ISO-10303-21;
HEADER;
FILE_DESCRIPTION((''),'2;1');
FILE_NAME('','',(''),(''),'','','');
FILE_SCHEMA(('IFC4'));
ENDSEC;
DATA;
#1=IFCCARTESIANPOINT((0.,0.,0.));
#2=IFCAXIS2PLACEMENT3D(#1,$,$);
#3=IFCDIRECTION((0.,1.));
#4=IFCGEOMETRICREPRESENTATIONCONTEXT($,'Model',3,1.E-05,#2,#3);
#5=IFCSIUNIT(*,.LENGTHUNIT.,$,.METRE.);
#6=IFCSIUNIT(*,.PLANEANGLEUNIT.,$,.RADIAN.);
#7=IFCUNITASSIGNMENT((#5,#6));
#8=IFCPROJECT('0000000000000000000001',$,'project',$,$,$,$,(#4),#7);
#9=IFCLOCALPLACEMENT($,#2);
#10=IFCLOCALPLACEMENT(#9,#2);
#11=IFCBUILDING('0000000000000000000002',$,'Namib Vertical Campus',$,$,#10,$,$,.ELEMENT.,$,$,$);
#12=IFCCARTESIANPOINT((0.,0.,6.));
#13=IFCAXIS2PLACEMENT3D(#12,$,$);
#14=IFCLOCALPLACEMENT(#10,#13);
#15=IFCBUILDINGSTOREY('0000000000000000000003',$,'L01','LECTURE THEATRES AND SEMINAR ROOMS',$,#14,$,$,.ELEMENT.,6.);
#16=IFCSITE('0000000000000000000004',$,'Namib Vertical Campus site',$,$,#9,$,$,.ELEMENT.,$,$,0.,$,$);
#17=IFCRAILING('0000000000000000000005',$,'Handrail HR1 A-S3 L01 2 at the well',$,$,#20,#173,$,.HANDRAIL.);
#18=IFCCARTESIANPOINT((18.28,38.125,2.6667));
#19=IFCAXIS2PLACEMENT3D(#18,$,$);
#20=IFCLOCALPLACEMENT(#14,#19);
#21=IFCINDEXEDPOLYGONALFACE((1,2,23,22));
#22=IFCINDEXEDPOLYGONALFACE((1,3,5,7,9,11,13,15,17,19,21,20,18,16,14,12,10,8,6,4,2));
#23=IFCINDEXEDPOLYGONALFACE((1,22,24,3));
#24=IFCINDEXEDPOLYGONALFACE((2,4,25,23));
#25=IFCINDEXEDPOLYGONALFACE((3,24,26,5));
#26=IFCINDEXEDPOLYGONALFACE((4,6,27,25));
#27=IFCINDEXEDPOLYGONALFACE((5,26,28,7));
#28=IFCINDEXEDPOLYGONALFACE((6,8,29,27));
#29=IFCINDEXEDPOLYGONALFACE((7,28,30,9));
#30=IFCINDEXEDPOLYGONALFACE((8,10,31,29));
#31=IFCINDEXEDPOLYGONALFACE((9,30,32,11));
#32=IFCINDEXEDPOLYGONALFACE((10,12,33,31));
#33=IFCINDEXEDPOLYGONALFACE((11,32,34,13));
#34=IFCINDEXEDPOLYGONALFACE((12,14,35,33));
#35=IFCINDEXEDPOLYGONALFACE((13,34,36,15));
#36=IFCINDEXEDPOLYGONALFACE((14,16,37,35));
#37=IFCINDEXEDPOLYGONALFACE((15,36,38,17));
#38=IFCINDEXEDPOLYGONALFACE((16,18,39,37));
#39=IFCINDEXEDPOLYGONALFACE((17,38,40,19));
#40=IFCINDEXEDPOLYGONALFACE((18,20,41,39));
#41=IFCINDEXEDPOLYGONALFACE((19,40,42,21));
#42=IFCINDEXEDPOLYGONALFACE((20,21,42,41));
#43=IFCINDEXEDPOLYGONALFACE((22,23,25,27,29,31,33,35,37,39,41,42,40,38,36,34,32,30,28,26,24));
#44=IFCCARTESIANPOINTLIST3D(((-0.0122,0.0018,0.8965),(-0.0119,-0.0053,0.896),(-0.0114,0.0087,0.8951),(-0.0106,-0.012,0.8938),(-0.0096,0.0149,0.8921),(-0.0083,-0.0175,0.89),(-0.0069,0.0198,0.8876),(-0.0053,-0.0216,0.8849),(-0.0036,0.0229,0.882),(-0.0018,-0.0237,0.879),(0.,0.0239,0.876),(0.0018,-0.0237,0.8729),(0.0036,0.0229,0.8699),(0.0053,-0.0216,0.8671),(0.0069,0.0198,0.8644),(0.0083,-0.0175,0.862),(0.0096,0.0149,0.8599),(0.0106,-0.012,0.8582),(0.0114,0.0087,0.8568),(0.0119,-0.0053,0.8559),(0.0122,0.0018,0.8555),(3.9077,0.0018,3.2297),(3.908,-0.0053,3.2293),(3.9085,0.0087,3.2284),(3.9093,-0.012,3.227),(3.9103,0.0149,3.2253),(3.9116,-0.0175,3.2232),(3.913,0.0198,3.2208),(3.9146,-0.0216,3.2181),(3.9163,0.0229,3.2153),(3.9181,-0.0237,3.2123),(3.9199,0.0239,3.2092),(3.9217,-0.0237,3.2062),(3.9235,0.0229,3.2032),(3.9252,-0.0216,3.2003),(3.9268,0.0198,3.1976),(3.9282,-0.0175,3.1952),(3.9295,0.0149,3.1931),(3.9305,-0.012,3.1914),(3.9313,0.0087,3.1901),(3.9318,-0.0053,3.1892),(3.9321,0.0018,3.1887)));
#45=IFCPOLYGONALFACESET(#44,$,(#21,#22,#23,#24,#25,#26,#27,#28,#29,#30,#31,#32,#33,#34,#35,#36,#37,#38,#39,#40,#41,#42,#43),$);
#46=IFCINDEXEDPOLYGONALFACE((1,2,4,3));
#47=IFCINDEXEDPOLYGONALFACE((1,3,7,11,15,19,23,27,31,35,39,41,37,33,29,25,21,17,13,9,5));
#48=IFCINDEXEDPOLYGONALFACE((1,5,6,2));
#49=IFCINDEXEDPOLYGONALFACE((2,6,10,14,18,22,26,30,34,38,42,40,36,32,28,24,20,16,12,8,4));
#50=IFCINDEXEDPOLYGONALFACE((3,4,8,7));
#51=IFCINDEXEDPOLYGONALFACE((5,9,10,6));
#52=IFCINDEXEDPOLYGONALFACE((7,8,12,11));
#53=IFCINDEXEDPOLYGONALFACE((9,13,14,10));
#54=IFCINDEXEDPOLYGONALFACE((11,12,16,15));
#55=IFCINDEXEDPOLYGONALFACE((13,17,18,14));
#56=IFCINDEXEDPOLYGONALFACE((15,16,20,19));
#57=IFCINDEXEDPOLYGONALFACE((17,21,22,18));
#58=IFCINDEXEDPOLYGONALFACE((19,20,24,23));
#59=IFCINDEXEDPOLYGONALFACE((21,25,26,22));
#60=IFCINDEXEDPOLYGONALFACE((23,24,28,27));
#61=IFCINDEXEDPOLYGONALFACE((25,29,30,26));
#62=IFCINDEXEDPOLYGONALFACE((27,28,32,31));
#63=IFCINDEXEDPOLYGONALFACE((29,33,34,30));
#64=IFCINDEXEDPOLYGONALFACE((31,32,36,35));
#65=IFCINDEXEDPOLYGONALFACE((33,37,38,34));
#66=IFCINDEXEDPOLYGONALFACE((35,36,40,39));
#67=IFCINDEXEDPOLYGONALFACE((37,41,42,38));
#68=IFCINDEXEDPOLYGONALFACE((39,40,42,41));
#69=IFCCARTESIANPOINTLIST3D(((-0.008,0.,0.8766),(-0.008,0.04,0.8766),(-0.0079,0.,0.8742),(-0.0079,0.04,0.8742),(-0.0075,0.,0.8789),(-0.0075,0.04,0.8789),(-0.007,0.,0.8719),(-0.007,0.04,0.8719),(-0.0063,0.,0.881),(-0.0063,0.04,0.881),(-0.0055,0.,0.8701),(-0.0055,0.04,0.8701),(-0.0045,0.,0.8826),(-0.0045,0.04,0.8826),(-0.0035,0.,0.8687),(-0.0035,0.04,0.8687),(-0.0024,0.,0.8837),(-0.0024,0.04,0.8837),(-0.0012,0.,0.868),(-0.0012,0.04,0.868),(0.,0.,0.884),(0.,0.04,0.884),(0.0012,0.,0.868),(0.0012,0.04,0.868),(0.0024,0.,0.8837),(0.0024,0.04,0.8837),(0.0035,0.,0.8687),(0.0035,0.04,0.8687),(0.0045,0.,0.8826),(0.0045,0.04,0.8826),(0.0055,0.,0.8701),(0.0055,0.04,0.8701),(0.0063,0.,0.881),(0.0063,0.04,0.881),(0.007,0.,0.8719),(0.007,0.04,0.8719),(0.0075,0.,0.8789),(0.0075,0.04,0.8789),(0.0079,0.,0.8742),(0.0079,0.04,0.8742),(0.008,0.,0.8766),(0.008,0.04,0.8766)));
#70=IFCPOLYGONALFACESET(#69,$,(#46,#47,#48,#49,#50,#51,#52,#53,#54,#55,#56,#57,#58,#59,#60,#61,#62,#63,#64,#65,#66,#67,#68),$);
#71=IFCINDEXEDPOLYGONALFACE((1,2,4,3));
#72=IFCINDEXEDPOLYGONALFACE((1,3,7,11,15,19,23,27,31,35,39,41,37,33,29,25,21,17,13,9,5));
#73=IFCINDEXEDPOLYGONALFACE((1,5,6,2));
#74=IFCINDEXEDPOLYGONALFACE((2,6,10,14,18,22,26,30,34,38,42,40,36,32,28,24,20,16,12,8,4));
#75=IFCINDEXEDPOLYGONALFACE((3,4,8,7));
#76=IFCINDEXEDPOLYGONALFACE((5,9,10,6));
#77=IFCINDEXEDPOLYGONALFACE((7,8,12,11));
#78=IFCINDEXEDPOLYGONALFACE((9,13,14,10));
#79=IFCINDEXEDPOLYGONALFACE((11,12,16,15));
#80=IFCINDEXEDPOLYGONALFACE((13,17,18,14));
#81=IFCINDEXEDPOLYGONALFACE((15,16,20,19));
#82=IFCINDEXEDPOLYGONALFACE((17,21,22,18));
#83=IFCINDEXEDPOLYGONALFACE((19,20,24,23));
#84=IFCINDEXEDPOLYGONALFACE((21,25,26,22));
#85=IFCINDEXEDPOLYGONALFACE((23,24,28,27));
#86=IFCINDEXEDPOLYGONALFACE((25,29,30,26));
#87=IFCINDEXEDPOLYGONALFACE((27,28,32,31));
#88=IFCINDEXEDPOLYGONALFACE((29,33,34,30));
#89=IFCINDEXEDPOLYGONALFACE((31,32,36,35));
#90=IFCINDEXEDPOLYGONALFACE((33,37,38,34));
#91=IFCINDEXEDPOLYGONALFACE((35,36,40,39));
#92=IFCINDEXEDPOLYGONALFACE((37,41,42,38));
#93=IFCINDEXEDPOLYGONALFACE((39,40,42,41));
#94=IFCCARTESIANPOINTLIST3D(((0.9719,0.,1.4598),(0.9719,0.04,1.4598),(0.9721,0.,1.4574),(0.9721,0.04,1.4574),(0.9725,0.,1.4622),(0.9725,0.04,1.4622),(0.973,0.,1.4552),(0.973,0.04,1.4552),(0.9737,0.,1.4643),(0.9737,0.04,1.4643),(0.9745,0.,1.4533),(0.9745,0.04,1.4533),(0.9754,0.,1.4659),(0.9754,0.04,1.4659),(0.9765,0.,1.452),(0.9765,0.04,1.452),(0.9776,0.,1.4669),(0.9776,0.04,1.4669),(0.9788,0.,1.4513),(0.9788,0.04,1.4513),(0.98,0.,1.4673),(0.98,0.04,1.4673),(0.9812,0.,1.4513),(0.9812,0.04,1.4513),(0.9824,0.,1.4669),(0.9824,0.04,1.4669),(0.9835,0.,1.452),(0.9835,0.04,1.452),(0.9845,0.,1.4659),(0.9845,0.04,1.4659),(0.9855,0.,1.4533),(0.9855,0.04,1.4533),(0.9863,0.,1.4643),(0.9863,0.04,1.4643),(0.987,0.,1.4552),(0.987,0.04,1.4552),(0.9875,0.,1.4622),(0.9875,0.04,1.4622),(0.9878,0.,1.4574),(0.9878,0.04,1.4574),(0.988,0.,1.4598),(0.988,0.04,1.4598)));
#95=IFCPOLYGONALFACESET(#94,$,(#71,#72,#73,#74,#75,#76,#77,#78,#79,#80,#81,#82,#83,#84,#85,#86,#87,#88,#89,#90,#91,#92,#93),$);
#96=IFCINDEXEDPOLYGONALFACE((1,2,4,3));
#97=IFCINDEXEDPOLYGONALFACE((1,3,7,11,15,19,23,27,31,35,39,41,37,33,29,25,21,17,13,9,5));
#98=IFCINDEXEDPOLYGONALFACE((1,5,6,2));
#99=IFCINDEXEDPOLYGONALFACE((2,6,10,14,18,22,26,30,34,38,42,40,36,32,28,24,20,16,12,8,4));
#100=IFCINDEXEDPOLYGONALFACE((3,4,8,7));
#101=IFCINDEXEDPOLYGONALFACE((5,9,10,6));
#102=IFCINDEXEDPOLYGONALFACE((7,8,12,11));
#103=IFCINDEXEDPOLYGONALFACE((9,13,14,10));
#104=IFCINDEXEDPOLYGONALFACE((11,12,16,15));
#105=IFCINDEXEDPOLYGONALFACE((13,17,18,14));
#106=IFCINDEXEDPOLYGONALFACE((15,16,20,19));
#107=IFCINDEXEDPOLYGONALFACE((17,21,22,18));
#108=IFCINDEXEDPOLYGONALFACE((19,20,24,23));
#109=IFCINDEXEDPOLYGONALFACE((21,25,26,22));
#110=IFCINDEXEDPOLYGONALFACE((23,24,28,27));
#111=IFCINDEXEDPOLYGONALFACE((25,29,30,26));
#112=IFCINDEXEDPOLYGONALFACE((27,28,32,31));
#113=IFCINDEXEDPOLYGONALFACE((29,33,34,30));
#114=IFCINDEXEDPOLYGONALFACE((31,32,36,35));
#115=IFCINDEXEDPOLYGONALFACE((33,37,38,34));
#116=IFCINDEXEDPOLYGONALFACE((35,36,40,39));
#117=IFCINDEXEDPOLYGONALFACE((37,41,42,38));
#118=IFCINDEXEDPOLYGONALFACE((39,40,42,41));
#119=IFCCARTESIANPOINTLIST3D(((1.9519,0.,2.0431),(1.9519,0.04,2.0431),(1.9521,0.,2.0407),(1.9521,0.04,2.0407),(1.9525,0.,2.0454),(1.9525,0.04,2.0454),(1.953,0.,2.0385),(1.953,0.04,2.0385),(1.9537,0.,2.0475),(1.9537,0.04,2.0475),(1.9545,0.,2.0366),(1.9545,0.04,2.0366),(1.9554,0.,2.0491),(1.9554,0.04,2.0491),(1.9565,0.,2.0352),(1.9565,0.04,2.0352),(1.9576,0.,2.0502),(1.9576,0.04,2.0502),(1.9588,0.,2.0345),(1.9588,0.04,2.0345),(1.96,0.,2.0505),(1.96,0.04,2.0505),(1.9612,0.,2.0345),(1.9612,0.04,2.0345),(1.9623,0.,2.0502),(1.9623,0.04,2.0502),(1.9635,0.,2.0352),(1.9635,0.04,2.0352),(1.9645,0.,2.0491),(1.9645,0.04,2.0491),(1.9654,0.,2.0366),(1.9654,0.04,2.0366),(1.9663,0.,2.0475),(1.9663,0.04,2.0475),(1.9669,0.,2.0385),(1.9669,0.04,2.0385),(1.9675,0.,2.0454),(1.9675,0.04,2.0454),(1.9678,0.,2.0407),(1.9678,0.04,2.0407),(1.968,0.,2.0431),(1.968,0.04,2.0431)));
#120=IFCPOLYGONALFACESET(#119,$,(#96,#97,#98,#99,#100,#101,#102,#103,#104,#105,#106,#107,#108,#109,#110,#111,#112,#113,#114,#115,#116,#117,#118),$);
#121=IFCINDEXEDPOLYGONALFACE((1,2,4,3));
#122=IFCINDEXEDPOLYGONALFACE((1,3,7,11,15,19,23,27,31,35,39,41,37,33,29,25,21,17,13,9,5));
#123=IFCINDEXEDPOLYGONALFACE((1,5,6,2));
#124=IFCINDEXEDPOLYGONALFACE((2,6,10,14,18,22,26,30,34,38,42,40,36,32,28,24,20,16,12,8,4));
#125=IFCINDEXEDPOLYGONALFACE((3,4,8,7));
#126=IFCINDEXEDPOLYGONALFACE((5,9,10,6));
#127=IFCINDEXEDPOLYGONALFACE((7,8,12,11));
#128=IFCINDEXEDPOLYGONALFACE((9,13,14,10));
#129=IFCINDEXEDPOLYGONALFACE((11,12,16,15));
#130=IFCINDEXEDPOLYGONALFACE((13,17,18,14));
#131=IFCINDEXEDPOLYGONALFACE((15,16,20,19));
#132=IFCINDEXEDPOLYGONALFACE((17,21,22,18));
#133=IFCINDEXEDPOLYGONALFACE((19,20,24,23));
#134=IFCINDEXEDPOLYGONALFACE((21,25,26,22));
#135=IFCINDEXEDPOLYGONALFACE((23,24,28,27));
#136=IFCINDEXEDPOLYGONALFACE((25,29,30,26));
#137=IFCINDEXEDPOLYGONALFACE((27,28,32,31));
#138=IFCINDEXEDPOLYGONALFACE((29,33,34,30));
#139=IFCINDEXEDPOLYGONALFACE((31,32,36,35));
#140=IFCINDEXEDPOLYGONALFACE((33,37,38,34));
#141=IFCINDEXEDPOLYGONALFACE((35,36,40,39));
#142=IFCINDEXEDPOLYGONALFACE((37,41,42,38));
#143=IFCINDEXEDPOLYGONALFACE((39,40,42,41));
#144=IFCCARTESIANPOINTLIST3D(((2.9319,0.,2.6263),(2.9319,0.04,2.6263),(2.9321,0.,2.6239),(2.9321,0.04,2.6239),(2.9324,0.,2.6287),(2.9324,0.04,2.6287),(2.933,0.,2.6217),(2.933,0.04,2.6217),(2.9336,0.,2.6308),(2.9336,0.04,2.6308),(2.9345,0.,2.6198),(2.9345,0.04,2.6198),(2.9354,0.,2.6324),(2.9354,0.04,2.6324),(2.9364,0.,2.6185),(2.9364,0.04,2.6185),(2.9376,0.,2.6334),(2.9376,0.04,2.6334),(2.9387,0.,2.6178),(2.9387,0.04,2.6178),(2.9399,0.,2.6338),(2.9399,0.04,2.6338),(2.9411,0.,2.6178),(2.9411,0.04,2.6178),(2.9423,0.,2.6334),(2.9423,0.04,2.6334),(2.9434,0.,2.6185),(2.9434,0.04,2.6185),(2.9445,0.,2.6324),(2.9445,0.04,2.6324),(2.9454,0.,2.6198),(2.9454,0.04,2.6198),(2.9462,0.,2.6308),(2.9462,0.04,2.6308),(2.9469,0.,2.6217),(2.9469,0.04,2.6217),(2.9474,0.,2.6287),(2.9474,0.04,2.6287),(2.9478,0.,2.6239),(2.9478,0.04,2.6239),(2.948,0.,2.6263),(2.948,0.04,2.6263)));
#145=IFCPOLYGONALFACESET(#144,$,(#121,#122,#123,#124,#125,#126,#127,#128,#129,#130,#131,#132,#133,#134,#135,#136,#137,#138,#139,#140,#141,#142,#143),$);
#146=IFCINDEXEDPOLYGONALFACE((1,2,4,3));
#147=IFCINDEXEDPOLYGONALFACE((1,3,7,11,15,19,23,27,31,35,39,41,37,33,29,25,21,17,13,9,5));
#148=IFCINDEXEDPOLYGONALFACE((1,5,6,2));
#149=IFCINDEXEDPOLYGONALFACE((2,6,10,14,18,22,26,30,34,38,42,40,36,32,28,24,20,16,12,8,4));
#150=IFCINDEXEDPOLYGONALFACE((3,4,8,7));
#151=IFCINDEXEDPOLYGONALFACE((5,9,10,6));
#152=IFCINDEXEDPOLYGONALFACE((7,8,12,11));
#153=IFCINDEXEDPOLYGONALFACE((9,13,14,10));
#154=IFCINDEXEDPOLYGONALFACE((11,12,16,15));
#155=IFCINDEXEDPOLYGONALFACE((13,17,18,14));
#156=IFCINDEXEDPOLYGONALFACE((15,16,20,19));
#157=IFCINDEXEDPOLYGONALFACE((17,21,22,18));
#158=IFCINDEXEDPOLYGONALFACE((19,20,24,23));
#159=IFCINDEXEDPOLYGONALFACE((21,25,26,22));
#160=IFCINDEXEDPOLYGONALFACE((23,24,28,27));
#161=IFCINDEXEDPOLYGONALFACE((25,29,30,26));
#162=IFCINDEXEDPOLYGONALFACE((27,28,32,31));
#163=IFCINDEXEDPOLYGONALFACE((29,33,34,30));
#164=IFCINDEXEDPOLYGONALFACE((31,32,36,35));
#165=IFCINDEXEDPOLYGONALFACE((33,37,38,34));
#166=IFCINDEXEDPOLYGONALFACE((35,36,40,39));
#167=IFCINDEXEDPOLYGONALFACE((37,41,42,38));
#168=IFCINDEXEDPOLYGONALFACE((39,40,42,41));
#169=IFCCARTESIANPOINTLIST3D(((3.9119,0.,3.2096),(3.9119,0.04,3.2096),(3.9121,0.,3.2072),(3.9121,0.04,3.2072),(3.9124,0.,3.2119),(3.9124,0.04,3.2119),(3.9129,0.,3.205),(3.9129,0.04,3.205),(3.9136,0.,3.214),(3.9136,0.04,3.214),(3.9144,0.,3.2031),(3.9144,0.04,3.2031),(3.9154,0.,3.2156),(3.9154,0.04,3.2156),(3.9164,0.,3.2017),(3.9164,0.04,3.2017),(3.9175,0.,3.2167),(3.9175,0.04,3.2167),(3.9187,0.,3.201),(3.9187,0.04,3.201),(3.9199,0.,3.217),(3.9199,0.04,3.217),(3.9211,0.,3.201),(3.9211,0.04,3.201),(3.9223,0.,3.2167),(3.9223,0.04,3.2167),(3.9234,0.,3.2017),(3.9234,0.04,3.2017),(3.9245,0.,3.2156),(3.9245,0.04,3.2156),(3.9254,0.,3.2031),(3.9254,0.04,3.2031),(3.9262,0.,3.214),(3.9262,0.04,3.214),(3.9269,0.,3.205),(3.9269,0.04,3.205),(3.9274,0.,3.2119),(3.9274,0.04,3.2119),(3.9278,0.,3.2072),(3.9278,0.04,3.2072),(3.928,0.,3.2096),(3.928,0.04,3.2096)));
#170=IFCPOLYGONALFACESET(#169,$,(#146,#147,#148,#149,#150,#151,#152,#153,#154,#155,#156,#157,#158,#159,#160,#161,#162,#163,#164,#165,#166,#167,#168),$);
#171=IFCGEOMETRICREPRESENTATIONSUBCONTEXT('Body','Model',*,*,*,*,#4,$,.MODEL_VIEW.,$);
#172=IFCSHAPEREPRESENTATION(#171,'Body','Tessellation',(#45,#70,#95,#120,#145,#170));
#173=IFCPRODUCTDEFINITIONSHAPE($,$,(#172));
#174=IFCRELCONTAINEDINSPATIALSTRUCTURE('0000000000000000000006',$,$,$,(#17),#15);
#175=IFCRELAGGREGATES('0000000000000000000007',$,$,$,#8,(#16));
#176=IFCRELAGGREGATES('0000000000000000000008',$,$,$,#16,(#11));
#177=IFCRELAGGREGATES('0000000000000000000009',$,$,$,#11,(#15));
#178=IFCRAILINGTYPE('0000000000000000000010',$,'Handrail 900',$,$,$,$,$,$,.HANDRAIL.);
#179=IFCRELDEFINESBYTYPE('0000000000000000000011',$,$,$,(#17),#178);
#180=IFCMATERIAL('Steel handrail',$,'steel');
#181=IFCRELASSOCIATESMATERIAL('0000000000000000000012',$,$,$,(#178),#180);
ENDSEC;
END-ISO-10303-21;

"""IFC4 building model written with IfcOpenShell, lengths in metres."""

from ifc_helpers import new_model, si_unit, direction, frame, origin, origin_2d, place, context, subcontext, project, spatial, circle, extrude, material, type_object, element, save


model = new_model("IFC4")

# Units and contexts
model_context = context("Model", 3, precision=1e-05, world=origin(), true_north=direction((0.0, 1.0)))
body_context = subcontext(model_context, "Body", "Model", "MODEL_VIEW")
ifc_project = project(units=[si_unit("LENGTHUNIT", "METRE"), si_unit("PLANEANGLEUNIT", "RADIAN")], contexts=[model_context])

# Site, building, storey
site_placement = place(None, origin())
site = spatial("IfcSite", under=ifc_project, at=site_placement, Name="Namib Vertical Campus site", CompositionType="ELEMENT", RefElevation=0.0)
building_placement = place(site_placement, origin())
building = spatial("IfcBuilding", under=site, at=building_placement, Name="Namib Vertical Campus", CompositionType="ELEMENT")
storey_placement = place(building_placement, frame((0.0, 0.0, 6.0)))
storey = spatial("IfcBuildingStorey", under=building, at=storey_placement, Name="L01", Description="LECTURE THEATRES AND SEMINAR ROOMS", CompositionType="ELEMENT", Elevation=6.0)

# Railing
ifc_material_1 = material(Name="Steel handrail", Category="steel")
railing_type_1 = type_object("IfcRailingType", Name="Handrail 900", PredefinedType="HANDRAIL", material=ifc_material_1)
railing_1_placement = place(storey_placement, frame((18.28, 38.125, 2.6667)))
element("IfcRailing", 1, at=railing_1_placement, inside=storey, type_object=railing_type_1, Name="Handrail HR1 A-S3 L01 2 at the well", PredefinedType="HANDRAIL", context=body_context, shape_type="SweptSolid", body=[
    extrude(circle(Radius=0.0239, at=origin_2d()), frame((0.0, 0.0, 0.876), z_axis=(0.859296, 0.0, 0.511478), x_axis=(0.0, 1.0, 0.0)), (0.0, 0.0, 1.0), 4.5618),
    extrude(circle(Radius=0.0081, at=origin_2d()), frame((0.0, 0.0, 0.876), z_axis=(0.0, 1.0, 0.0), x_axis=(0.0, 0.0, 1.0)), (0.0, 0.0, 1.0), 0.04),
    extrude(circle(Radius=0.0081, at=origin_2d()), frame((0.98, 0.0, 1.4592), z_axis=(0.0, 1.0, 0.0), x_axis=(0.0, 0.0, 1.0)), (0.0, 0.0, 1.0), 0.04),
    extrude(circle(Radius=0.0081, at=origin_2d()), frame((1.96, 0.0, 2.0425), z_axis=(0.0, 1.0, 0.0), x_axis=(0.0, 0.0, 1.0)), (0.0, 0.0, 1.0), 0.04),
    extrude(circle(Radius=0.0081, at=origin_2d()), frame((2.9399, 0.0, 2.6257), z_axis=(0.0, 1.0, 0.0), x_axis=(0.0, 0.0, 1.0)), (0.0, 0.0, 1.0), 0.04),
    extrude(circle(Radius=0.0081, at=origin_2d()), frame((3.9199, 0.0, 3.209), z_axis=(0.0, 1.0, 0.0), x_axis=(0.0, 0.0, 1.0)), (0.0, 0.0, 1.0), 0.04),
])

save(model, "model.ifc")
